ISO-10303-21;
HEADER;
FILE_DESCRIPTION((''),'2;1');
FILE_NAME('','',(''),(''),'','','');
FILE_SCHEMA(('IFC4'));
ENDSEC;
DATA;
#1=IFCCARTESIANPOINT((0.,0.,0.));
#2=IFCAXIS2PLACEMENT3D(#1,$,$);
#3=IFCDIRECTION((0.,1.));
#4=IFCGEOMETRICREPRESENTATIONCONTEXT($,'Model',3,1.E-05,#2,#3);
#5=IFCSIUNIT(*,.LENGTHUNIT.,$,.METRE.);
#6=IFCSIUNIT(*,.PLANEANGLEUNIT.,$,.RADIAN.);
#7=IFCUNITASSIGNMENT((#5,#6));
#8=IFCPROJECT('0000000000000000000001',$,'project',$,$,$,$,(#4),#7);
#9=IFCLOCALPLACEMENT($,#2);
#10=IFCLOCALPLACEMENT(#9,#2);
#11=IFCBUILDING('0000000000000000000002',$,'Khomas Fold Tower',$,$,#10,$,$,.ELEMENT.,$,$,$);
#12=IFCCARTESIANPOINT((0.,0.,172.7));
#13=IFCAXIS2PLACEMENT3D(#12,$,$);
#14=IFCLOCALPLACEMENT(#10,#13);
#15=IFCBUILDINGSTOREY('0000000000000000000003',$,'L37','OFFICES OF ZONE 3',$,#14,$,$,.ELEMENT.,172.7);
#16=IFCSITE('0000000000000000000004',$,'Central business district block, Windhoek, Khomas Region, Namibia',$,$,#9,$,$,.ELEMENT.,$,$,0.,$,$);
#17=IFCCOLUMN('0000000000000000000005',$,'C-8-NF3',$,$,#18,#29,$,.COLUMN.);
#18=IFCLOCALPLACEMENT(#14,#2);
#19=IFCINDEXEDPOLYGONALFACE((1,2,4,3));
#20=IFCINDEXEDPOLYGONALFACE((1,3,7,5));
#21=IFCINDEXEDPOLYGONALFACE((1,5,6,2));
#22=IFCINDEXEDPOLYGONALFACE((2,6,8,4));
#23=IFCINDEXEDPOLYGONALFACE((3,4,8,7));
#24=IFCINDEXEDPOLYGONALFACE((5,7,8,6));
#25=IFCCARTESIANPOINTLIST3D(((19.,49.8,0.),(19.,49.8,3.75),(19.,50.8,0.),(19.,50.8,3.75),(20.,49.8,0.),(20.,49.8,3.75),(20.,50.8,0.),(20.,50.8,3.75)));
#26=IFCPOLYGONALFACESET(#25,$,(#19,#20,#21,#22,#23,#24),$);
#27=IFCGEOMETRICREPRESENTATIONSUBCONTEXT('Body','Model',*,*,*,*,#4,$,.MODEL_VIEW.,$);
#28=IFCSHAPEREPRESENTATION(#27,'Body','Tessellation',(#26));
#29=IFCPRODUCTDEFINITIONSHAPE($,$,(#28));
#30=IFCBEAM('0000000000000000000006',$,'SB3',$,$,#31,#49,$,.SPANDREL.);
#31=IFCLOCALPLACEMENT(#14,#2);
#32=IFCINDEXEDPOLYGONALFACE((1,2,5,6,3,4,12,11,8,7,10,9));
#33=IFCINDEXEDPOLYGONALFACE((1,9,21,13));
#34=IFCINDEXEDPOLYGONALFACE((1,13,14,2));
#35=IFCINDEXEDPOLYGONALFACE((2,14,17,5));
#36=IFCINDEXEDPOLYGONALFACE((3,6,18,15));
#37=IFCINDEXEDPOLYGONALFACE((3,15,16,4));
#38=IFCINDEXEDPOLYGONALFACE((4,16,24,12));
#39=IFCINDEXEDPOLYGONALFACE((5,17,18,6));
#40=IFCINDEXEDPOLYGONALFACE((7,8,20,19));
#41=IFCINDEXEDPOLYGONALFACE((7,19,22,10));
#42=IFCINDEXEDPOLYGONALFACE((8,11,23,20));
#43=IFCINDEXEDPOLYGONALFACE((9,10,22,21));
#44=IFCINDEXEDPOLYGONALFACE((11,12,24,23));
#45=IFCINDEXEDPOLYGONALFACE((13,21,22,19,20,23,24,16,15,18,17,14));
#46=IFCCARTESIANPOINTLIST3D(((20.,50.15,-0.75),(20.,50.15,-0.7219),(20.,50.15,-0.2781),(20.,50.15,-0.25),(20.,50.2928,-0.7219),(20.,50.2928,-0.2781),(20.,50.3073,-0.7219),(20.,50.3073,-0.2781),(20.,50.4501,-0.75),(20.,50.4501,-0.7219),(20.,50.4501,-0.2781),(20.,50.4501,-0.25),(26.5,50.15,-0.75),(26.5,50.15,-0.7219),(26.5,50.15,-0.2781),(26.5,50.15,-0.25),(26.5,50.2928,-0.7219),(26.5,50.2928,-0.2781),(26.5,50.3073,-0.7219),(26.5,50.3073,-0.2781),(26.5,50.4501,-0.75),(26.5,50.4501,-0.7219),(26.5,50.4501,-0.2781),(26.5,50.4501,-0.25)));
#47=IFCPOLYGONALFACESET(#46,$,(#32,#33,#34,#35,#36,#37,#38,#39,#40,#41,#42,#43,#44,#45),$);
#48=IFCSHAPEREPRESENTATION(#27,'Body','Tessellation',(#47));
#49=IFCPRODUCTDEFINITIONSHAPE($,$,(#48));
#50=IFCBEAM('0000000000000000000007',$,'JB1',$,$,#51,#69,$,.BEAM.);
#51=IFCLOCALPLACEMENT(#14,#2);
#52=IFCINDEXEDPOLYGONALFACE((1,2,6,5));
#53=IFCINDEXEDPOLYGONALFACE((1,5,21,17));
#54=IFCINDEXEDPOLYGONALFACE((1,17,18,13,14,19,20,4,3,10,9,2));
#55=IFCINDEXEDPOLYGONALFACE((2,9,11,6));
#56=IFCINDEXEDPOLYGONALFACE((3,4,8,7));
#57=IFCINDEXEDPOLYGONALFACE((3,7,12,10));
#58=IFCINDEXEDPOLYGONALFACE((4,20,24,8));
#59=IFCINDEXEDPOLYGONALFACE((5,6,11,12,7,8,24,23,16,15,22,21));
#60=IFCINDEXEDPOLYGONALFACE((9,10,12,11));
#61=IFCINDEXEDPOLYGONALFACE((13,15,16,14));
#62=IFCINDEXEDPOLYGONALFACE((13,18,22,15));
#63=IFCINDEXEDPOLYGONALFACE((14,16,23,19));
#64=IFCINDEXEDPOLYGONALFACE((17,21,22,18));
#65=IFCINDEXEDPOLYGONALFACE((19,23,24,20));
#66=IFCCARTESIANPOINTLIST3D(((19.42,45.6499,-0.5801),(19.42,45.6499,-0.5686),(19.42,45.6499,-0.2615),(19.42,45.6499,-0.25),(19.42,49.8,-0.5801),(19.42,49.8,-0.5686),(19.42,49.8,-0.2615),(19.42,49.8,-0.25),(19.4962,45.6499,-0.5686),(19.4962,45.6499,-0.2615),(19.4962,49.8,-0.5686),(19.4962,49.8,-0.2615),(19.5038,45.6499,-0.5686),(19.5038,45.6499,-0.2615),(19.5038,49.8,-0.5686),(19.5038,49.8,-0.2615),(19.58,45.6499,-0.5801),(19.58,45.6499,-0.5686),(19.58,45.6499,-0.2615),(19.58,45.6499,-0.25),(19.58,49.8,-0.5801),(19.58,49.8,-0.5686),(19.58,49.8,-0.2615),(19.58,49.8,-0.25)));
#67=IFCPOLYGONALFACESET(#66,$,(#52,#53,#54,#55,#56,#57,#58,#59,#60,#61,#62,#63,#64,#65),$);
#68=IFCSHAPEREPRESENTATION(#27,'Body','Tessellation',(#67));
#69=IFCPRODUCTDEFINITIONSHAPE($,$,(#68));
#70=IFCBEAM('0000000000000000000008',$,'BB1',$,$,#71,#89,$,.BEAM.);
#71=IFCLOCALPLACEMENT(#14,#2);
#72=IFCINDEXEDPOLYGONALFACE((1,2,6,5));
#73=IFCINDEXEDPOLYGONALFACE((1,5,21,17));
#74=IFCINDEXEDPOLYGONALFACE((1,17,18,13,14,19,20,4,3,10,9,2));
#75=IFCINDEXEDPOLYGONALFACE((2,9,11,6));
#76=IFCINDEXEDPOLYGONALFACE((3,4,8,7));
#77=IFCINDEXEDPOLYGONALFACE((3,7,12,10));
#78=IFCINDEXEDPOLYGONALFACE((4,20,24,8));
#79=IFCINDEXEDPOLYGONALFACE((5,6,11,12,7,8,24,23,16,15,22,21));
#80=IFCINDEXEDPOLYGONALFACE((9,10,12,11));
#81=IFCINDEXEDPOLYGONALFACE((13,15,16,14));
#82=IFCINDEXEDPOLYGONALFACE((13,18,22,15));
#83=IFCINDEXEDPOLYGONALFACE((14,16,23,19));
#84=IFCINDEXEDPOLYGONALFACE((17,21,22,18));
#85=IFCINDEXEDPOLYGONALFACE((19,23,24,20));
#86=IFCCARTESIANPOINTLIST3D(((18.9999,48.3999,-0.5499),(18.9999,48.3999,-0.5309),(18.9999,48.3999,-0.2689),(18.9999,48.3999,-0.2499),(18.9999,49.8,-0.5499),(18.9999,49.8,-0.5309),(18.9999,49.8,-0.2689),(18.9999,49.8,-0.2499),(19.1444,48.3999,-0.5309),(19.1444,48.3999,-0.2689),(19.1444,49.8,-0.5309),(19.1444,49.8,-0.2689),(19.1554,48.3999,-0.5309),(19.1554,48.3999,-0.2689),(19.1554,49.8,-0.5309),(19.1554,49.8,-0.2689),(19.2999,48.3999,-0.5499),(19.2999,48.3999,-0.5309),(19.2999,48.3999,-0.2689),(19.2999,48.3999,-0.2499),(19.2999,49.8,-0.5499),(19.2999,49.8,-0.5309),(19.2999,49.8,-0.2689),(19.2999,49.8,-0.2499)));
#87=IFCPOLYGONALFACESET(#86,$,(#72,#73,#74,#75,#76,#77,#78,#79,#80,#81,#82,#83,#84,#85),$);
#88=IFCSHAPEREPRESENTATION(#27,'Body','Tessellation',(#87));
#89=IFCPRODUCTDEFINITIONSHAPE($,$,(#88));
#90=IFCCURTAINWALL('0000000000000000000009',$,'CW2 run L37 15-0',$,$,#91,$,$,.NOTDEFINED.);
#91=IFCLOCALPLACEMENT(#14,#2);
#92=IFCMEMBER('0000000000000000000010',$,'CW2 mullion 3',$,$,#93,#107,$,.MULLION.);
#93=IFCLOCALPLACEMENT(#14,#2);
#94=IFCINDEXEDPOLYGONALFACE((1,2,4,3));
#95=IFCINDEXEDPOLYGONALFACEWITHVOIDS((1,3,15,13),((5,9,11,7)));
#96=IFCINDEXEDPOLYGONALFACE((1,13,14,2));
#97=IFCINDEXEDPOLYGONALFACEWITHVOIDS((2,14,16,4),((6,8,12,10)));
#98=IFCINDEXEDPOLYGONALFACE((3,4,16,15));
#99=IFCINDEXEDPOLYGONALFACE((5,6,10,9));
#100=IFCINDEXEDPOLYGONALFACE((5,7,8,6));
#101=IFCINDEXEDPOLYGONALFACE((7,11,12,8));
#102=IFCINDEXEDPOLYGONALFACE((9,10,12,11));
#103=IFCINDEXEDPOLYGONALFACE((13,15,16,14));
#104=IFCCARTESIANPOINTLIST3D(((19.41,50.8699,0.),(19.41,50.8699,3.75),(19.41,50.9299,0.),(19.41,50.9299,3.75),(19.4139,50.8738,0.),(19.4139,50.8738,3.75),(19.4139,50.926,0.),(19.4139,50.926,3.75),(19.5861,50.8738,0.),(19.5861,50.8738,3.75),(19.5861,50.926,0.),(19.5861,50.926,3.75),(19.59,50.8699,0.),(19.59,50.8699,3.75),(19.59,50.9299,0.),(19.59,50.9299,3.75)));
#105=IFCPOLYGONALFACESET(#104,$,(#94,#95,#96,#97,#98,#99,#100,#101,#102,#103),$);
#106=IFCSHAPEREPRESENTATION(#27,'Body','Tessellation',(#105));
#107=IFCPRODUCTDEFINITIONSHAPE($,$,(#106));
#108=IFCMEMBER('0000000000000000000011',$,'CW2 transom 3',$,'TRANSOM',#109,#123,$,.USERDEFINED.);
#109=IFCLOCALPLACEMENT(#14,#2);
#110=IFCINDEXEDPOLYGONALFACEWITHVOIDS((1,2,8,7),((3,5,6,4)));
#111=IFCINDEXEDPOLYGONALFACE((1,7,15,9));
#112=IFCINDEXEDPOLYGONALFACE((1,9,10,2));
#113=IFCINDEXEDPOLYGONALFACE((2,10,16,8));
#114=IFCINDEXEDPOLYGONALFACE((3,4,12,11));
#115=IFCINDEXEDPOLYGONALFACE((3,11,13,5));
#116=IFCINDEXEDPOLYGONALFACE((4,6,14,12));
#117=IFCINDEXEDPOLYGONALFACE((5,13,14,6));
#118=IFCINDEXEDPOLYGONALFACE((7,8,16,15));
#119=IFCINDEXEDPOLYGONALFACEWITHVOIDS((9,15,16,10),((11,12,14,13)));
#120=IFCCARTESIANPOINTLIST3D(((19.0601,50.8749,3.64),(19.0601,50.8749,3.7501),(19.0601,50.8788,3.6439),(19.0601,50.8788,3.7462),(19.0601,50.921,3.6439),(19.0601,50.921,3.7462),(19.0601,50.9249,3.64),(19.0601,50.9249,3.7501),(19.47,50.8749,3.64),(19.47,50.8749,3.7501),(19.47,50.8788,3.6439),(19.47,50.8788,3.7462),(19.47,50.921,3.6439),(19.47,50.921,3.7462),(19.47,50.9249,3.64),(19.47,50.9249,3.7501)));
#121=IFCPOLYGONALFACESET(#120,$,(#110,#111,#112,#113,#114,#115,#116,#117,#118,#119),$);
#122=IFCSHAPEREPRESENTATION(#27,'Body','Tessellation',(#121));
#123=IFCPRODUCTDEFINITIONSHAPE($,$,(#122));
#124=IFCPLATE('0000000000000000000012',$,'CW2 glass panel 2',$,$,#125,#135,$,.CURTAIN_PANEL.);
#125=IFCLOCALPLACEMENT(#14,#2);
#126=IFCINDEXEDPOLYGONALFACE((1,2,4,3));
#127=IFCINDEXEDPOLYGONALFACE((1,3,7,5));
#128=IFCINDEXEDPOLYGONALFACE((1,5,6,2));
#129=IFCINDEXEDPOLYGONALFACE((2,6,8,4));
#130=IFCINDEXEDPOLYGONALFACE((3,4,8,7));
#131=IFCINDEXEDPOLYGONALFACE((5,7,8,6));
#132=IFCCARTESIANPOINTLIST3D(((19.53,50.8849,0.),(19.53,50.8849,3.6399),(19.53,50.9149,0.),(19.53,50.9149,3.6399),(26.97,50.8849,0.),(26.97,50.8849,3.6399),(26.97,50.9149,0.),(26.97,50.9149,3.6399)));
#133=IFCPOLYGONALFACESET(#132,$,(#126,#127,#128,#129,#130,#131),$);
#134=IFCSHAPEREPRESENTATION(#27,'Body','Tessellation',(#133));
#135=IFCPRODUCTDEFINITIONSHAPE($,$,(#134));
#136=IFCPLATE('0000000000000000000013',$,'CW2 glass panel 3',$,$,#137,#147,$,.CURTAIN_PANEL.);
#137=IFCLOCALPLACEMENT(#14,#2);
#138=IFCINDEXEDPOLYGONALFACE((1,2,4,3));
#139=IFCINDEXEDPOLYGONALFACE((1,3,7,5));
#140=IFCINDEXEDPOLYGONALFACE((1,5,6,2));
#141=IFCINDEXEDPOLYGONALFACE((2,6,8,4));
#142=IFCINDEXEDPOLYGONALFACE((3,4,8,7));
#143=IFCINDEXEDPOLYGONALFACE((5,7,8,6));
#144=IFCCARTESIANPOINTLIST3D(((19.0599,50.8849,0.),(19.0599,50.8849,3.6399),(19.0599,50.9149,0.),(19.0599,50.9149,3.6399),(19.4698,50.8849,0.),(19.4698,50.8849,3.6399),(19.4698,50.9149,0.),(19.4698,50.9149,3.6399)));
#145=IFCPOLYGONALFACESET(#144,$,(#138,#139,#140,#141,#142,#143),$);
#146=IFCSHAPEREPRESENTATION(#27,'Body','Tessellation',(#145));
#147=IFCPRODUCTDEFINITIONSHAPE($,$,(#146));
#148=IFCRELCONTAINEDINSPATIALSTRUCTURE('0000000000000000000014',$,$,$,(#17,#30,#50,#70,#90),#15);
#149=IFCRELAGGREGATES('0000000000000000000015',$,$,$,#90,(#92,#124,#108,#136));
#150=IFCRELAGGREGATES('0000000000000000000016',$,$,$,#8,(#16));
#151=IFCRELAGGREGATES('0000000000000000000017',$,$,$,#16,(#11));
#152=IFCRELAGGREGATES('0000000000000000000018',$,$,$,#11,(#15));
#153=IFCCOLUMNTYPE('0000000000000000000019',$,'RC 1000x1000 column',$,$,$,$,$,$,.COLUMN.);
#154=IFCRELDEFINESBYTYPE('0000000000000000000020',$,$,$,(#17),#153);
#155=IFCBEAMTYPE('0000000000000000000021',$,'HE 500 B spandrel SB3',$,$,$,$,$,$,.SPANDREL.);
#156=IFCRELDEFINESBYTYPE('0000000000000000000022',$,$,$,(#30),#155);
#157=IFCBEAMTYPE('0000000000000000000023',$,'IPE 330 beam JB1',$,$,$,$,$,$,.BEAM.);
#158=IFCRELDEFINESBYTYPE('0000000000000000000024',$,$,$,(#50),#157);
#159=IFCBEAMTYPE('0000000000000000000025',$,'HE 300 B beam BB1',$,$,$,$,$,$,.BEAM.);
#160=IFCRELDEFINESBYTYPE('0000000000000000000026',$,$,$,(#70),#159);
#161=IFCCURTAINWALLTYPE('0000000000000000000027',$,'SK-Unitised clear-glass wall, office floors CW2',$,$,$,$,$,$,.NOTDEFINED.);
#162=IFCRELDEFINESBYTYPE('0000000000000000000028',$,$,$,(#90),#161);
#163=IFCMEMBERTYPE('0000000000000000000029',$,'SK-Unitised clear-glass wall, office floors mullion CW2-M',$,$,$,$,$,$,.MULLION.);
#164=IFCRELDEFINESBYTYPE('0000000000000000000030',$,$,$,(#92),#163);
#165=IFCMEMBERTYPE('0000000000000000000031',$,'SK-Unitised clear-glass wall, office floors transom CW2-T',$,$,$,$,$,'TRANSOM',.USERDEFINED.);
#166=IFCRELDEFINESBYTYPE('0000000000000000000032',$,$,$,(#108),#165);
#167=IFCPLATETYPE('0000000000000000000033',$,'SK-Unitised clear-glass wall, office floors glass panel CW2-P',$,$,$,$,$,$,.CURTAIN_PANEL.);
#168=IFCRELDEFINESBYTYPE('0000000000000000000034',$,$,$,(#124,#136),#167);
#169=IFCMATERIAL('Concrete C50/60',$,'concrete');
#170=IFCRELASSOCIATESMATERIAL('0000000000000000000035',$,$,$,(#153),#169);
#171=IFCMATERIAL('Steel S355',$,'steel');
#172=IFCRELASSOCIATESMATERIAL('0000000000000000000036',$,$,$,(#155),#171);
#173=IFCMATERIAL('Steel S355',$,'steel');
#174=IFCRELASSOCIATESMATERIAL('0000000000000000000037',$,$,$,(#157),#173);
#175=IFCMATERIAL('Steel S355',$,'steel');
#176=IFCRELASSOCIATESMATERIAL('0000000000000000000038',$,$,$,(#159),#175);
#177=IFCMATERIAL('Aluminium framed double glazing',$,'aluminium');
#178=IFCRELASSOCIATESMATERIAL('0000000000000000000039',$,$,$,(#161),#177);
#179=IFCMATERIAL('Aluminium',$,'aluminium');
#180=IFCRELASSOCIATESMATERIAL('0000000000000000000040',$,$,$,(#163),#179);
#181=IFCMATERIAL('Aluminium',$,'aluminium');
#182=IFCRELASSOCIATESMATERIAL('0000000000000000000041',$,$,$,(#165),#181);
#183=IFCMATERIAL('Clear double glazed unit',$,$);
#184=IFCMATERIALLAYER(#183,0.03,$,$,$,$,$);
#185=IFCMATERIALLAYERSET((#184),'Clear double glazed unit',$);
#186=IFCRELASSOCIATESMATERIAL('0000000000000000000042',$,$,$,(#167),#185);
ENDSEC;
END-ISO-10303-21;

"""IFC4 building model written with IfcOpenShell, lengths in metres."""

from ifc_helpers import new_model, si_unit, direction, frame, origin, origin_2d, place, context, subcontext, project, spatial, rectangle, hollow_rectangle, i_section, extrude, source, transform, mapped, material, layer, layer_set, material_profile, profile_set, type_object, element, aggregate, save


model = new_model("IFC4")

# Units and contexts
model_context = context("Model", 3, precision=1e-05, world=origin(), true_north=direction((0.0, 1.0)))
body_context = subcontext(model_context, "Body", "Model", "MODEL_VIEW")
ifc_project = project(units=[si_unit("LENGTHUNIT", "METRE"), si_unit("PLANEANGLEUNIT", "RADIAN")], contexts=[model_context])

# Site, building, storey
site_placement = place(None, origin())
site = spatial("IfcSite", under=ifc_project, at=site_placement, Name="Central business district block, Windhoek, Khomas Region, Namibia", CompositionType="ELEMENT", RefElevation=0.0)
building_placement = place(site_placement, origin())
building = spatial("IfcBuilding", under=site, at=building_placement, Name="Khomas Fold Tower", CompositionType="ELEMENT")
storey_placement = place(building_placement, frame((0.0, 0.0, 172.7)))
storey = spatial("IfcBuildingStorey", under=building, at=storey_placement, Name="L37", Description="OFFICES OF ZONE 3", CompositionType="ELEMENT", Elevation=172.7)

# Column
ifc_material_1 = material(Name="Concrete C50/60", Category="concrete")
ifc_material_profile_1 = material_profile(ifc_material_1, rectangle(XDim=1.0, YDim=1.0, at=origin_2d()), Name="RC 1000x1000")
ifc_profile_set_1 = profile_set([ifc_material_profile_1], Name="Concrete C50/60")
column_type = type_object("IfcColumnType", Name="RC 1000x1000 column", PredefinedType="COLUMN", material=ifc_profile_set_1)
shared_shape_1 = source(origin(), body_context, "Body", "SweptSolid", [
    extrude(rectangle(XDim=1.0, YDim=1.0, at=origin_2d()), origin(), (0.0, 0.0, 1.0), 3.75),
])
column_placement = place(storey_placement, frame((19.5, 50.3, 0.0), z_axis=(0.0, 0.0, 1.0), x_axis=(1.0, 0.0, 0.0)))
element("IfcColumn", 1, at=column_placement, inside=storey, type_object=column_type, Name="C-8-NF3", PredefinedType="COLUMN", context=body_context, shape_type="MappedRepresentation", body=[
    mapped(shared_shape_1, transform((0.0, 0.0, 0.0))),
])

# Beams
ifc_material_2 = material(Name="Steel S355", Category="steel")
ifc_material_profile_2 = material_profile(ifc_material_2, i_section(OverallWidth=0.3, OverallDepth=0.5, WebThickness=0.0144, FlangeThickness=0.0281, at=origin_2d()), Name="HE 500 B")
ifc_profile_set_2 = profile_set([ifc_material_profile_2], Name="Steel S355")
beam_type_1 = type_object("IfcBeamType", Name="HE 500 B spandrel SB3", PredefinedType="SPANDREL", material=ifc_profile_set_2)
shared_shape_2 = source(origin(), body_context, "Body", "SweptSolid", [
    extrude(i_section(OverallWidth=0.3, OverallDepth=0.5, WebThickness=0.0144, FlangeThickness=0.0281, at=origin_2d()), origin(), (0.0, 0.0, 1.0), 6.5),
])
beam_1_placement = place(storey_placement, frame((20.0, 50.3, -0.5), z_axis=(1.0, 0.0, 0.0), x_axis=(0.0, 1.0, 0.0)))
element("IfcBeam", 2, at=beam_1_placement, inside=storey, type_object=beam_type_1, Name="SB3", PredefinedType="SPANDREL", context=body_context, shape_type="MappedRepresentation", body=[
    mapped(shared_shape_2, transform((0.0, 0.0, 0.0))),
])
ifc_material_3 = material(Name="Steel S355", Category="steel")
ifc_material_profile_3 = material_profile(ifc_material_3, i_section(OverallWidth=0.1599, OverallDepth=0.3301, WebThickness=0.0076, FlangeThickness=0.0115, at=origin_2d()), Name="IPE 330")
ifc_profile_set_3 = profile_set([ifc_material_profile_3], Name="Steel S355")
beam_type_2 = type_object("IfcBeamType", Name="IPE 330 beam JB1", PredefinedType="BEAM", material=ifc_profile_set_3)
shared_shape_3 = source(origin(), body_context, "Body", "SweptSolid", [
    extrude(i_section(OverallWidth=0.1599, OverallDepth=0.3301, WebThickness=0.0076, FlangeThickness=0.0115, at=origin_2d()), origin(), (0.0, 0.0, 1.0), 4.1501),
])
beam_2_placement = place(storey_placement, frame((19.5, 45.6499, -0.415), z_axis=(0.0, 1.0, 0.0), x_axis=(-1.0, 0.0, 0.0)))
element("IfcBeam", 3, at=beam_2_placement, inside=storey, type_object=beam_type_2, Name="JB1", PredefinedType="BEAM", context=body_context, shape_type="MappedRepresentation", body=[
    mapped(shared_shape_3, transform((0.0, 0.0, 0.0))),
])
ifc_material_4 = material(Name="Steel S355", Category="steel")
ifc_material_profile_4 = material_profile(ifc_material_4, i_section(OverallWidth=0.3, OverallDepth=0.3, WebThickness=0.011, FlangeThickness=0.019, at=origin_2d()), Name="HE 300 B")
ifc_profile_set_4 = profile_set([ifc_material_profile_4], Name="Steel S355")
beam_type_3 = type_object("IfcBeamType", Name="HE 300 B beam BB1", PredefinedType="BEAM", material=ifc_profile_set_4)
shared_shape_4 = source(origin(), body_context, "Body", "SweptSolid", [
    extrude(i_section(OverallWidth=0.3, OverallDepth=0.3, WebThickness=0.011, FlangeThickness=0.019, at=origin_2d()), origin(), (0.0, 0.0, 1.0), 1.4001),
])
beam_3_placement = place(storey_placement, frame((19.1499, 48.3999, -0.3999), z_axis=(0.0, 1.0, 0.0), x_axis=(-1.0, 0.0, 0.0)))
element("IfcBeam", 4, at=beam_3_placement, inside=storey, type_object=beam_type_3, Name="BB1", PredefinedType="BEAM", context=body_context, shape_type="MappedRepresentation", body=[
    mapped(shared_shape_4, transform((0.0, 0.0, 0.0))),
])

# Curtain wall, members, plates
ifc_material_5 = material(Name="Aluminium framed double glazing", Category="aluminium")
curtain_wall_type = type_object("IfcCurtainWallType", Name="SK-Unitised clear-glass wall, office floors CW2", PredefinedType="NOTDEFINED", material=ifc_material_5)
curtain_wall_placement = place(storey_placement, origin())
curtain_wall = element("IfcCurtainWall", 5, at=curtain_wall_placement, inside=storey, type_object=curtain_wall_type, Name="CW2 run L37 15-0", PredefinedType="NOTDEFINED")
ifc_material_6 = material(Name="Aluminium", Category="aluminium")
ifc_material_profile_5 = material_profile(ifc_material_6, hollow_rectangle(XDim=0.0601, YDim=0.1799, WallThickness=0.0039, at=origin_2d()), Name="SK-Unitised clear-glass wall, office floors mullion CW2-M")
ifc_profile_set_5 = profile_set([ifc_material_profile_5], Name="Aluminium")
member_type_1 = type_object("IfcMemberType", Name="SK-Unitised clear-glass wall, office floors mullion CW2-M", PredefinedType="MULLION", material=ifc_profile_set_5)
shared_shape_5 = source(origin(), body_context, "Body", "SweptSolid", [
    extrude(hollow_rectangle(XDim=0.0601, YDim=0.1799, WallThickness=0.0039, at=origin_2d()), origin(), (0.0, 0.0, 1.0), 3.75),
])
member_1_placement = place(storey_placement, frame((19.5, 50.8999, 0.0), z_axis=(0.0, 0.0, 1.0), x_axis=(0.0, -1.0, 0.0)))
member_1 = element("IfcMember", 6, at=member_1_placement, type_object=member_type_1, Name="CW2 mullion 3", PredefinedType="MULLION", context=body_context, shape_type="MappedRepresentation", body=[
    mapped(shared_shape_5, transform((0.0, 0.0, 0.0))),
])
ifc_material_7 = material(Name="Aluminium", Category="aluminium")
ifc_material_profile_6 = material_profile(ifc_material_7, hollow_rectangle(XDim=0.05, YDim=0.1101, WallThickness=0.0039, at=origin_2d()), Name="SK-Unitised clear-glass wall, office floors transom CW2-T")
ifc_profile_set_6 = profile_set([ifc_material_profile_6], Name="Aluminium")
member_type_2 = type_object("IfcMemberType", Name="SK-Unitised clear-glass wall, office floors transom CW2-T", ElementType="TRANSOM", PredefinedType="USERDEFINED", material=ifc_profile_set_6)
shared_shape_6 = source(origin(), body_context, "Body", "SweptSolid", [
    extrude(hollow_rectangle(XDim=0.05, YDim=0.1101, WallThickness=0.0039, at=origin_2d()), origin(), (0.0, 0.0, 1.0), 0.4099),
])
member_2_placement = place(storey_placement, frame((19.47, 50.8999, 3.6951), z_axis=(-1.0, 0.0, 0.0), x_axis=(0.0, -1.0, 0.0)))
member_2 = element("IfcMember", 7, at=member_2_placement, type_object=member_type_2, Name="CW2 transom 3", ObjectType="TRANSOM", PredefinedType="USERDEFINED", context=body_context, shape_type="MappedRepresentation", body=[
    mapped(shared_shape_6, transform((0.0, 0.0, 0.0))),
])
ifc_material_8 = material(Name="Clear double glazed unit")
ifc_layer_1 = layer(ifc_material_8, 0.03)
ifc_layer_set_1 = layer_set([ifc_layer_1], Name="Clear double glazed unit")
plate_type = type_object("IfcPlateType", Name="SK-Unitised clear-glass wall, office floors glass panel CW2-P", PredefinedType="CURTAIN_PANEL", material=ifc_layer_set_1)
shared_shape_7 = source(origin(), body_context, "Body", "SweptSolid", [
    extrude(rectangle(XDim=7.4399, YDim=0.03, at=origin_2d()), origin(), (0.0, 0.0, 1.0), 3.6399),
])
plate_1_placement = place(storey_placement, frame((23.25, 50.8999, 0.0), z_axis=(0.0, 0.0, 1.0), x_axis=(-1.0, 0.0, 0.0)))
plate_1 = element("IfcPlate", 8, at=plate_1_placement, type_object=plate_type, Name="CW2 glass panel 2", PredefinedType="CURTAIN_PANEL", context=body_context, shape_type="MappedRepresentation", body=[
    mapped(shared_shape_7, transform((0.0, 0.0, 0.0))),
])
shared_shape_8 = source(origin(), body_context, "Body", "SweptSolid", [
    extrude(rectangle(XDim=0.4099, YDim=0.03, at=origin_2d()), origin(), (0.0, 0.0, 1.0), 3.6399),
])
plate_2_placement = place(storey_placement, frame((19.2649, 50.8999, 0.0), z_axis=(0.0, 0.0, 1.0), x_axis=(-1.0, 0.0, 0.0)))
plate_2 = element("IfcPlate", 9, at=plate_2_placement, type_object=plate_type, Name="CW2 glass panel 3", PredefinedType="CURTAIN_PANEL", context=body_context, shape_type="MappedRepresentation", body=[
    mapped(shared_shape_8, transform((0.0, 0.0, 0.0))),
])
aggregate(curtain_wall, [member_1, plate_1, member_2, plate_2])

save(model, "model.ifc")
